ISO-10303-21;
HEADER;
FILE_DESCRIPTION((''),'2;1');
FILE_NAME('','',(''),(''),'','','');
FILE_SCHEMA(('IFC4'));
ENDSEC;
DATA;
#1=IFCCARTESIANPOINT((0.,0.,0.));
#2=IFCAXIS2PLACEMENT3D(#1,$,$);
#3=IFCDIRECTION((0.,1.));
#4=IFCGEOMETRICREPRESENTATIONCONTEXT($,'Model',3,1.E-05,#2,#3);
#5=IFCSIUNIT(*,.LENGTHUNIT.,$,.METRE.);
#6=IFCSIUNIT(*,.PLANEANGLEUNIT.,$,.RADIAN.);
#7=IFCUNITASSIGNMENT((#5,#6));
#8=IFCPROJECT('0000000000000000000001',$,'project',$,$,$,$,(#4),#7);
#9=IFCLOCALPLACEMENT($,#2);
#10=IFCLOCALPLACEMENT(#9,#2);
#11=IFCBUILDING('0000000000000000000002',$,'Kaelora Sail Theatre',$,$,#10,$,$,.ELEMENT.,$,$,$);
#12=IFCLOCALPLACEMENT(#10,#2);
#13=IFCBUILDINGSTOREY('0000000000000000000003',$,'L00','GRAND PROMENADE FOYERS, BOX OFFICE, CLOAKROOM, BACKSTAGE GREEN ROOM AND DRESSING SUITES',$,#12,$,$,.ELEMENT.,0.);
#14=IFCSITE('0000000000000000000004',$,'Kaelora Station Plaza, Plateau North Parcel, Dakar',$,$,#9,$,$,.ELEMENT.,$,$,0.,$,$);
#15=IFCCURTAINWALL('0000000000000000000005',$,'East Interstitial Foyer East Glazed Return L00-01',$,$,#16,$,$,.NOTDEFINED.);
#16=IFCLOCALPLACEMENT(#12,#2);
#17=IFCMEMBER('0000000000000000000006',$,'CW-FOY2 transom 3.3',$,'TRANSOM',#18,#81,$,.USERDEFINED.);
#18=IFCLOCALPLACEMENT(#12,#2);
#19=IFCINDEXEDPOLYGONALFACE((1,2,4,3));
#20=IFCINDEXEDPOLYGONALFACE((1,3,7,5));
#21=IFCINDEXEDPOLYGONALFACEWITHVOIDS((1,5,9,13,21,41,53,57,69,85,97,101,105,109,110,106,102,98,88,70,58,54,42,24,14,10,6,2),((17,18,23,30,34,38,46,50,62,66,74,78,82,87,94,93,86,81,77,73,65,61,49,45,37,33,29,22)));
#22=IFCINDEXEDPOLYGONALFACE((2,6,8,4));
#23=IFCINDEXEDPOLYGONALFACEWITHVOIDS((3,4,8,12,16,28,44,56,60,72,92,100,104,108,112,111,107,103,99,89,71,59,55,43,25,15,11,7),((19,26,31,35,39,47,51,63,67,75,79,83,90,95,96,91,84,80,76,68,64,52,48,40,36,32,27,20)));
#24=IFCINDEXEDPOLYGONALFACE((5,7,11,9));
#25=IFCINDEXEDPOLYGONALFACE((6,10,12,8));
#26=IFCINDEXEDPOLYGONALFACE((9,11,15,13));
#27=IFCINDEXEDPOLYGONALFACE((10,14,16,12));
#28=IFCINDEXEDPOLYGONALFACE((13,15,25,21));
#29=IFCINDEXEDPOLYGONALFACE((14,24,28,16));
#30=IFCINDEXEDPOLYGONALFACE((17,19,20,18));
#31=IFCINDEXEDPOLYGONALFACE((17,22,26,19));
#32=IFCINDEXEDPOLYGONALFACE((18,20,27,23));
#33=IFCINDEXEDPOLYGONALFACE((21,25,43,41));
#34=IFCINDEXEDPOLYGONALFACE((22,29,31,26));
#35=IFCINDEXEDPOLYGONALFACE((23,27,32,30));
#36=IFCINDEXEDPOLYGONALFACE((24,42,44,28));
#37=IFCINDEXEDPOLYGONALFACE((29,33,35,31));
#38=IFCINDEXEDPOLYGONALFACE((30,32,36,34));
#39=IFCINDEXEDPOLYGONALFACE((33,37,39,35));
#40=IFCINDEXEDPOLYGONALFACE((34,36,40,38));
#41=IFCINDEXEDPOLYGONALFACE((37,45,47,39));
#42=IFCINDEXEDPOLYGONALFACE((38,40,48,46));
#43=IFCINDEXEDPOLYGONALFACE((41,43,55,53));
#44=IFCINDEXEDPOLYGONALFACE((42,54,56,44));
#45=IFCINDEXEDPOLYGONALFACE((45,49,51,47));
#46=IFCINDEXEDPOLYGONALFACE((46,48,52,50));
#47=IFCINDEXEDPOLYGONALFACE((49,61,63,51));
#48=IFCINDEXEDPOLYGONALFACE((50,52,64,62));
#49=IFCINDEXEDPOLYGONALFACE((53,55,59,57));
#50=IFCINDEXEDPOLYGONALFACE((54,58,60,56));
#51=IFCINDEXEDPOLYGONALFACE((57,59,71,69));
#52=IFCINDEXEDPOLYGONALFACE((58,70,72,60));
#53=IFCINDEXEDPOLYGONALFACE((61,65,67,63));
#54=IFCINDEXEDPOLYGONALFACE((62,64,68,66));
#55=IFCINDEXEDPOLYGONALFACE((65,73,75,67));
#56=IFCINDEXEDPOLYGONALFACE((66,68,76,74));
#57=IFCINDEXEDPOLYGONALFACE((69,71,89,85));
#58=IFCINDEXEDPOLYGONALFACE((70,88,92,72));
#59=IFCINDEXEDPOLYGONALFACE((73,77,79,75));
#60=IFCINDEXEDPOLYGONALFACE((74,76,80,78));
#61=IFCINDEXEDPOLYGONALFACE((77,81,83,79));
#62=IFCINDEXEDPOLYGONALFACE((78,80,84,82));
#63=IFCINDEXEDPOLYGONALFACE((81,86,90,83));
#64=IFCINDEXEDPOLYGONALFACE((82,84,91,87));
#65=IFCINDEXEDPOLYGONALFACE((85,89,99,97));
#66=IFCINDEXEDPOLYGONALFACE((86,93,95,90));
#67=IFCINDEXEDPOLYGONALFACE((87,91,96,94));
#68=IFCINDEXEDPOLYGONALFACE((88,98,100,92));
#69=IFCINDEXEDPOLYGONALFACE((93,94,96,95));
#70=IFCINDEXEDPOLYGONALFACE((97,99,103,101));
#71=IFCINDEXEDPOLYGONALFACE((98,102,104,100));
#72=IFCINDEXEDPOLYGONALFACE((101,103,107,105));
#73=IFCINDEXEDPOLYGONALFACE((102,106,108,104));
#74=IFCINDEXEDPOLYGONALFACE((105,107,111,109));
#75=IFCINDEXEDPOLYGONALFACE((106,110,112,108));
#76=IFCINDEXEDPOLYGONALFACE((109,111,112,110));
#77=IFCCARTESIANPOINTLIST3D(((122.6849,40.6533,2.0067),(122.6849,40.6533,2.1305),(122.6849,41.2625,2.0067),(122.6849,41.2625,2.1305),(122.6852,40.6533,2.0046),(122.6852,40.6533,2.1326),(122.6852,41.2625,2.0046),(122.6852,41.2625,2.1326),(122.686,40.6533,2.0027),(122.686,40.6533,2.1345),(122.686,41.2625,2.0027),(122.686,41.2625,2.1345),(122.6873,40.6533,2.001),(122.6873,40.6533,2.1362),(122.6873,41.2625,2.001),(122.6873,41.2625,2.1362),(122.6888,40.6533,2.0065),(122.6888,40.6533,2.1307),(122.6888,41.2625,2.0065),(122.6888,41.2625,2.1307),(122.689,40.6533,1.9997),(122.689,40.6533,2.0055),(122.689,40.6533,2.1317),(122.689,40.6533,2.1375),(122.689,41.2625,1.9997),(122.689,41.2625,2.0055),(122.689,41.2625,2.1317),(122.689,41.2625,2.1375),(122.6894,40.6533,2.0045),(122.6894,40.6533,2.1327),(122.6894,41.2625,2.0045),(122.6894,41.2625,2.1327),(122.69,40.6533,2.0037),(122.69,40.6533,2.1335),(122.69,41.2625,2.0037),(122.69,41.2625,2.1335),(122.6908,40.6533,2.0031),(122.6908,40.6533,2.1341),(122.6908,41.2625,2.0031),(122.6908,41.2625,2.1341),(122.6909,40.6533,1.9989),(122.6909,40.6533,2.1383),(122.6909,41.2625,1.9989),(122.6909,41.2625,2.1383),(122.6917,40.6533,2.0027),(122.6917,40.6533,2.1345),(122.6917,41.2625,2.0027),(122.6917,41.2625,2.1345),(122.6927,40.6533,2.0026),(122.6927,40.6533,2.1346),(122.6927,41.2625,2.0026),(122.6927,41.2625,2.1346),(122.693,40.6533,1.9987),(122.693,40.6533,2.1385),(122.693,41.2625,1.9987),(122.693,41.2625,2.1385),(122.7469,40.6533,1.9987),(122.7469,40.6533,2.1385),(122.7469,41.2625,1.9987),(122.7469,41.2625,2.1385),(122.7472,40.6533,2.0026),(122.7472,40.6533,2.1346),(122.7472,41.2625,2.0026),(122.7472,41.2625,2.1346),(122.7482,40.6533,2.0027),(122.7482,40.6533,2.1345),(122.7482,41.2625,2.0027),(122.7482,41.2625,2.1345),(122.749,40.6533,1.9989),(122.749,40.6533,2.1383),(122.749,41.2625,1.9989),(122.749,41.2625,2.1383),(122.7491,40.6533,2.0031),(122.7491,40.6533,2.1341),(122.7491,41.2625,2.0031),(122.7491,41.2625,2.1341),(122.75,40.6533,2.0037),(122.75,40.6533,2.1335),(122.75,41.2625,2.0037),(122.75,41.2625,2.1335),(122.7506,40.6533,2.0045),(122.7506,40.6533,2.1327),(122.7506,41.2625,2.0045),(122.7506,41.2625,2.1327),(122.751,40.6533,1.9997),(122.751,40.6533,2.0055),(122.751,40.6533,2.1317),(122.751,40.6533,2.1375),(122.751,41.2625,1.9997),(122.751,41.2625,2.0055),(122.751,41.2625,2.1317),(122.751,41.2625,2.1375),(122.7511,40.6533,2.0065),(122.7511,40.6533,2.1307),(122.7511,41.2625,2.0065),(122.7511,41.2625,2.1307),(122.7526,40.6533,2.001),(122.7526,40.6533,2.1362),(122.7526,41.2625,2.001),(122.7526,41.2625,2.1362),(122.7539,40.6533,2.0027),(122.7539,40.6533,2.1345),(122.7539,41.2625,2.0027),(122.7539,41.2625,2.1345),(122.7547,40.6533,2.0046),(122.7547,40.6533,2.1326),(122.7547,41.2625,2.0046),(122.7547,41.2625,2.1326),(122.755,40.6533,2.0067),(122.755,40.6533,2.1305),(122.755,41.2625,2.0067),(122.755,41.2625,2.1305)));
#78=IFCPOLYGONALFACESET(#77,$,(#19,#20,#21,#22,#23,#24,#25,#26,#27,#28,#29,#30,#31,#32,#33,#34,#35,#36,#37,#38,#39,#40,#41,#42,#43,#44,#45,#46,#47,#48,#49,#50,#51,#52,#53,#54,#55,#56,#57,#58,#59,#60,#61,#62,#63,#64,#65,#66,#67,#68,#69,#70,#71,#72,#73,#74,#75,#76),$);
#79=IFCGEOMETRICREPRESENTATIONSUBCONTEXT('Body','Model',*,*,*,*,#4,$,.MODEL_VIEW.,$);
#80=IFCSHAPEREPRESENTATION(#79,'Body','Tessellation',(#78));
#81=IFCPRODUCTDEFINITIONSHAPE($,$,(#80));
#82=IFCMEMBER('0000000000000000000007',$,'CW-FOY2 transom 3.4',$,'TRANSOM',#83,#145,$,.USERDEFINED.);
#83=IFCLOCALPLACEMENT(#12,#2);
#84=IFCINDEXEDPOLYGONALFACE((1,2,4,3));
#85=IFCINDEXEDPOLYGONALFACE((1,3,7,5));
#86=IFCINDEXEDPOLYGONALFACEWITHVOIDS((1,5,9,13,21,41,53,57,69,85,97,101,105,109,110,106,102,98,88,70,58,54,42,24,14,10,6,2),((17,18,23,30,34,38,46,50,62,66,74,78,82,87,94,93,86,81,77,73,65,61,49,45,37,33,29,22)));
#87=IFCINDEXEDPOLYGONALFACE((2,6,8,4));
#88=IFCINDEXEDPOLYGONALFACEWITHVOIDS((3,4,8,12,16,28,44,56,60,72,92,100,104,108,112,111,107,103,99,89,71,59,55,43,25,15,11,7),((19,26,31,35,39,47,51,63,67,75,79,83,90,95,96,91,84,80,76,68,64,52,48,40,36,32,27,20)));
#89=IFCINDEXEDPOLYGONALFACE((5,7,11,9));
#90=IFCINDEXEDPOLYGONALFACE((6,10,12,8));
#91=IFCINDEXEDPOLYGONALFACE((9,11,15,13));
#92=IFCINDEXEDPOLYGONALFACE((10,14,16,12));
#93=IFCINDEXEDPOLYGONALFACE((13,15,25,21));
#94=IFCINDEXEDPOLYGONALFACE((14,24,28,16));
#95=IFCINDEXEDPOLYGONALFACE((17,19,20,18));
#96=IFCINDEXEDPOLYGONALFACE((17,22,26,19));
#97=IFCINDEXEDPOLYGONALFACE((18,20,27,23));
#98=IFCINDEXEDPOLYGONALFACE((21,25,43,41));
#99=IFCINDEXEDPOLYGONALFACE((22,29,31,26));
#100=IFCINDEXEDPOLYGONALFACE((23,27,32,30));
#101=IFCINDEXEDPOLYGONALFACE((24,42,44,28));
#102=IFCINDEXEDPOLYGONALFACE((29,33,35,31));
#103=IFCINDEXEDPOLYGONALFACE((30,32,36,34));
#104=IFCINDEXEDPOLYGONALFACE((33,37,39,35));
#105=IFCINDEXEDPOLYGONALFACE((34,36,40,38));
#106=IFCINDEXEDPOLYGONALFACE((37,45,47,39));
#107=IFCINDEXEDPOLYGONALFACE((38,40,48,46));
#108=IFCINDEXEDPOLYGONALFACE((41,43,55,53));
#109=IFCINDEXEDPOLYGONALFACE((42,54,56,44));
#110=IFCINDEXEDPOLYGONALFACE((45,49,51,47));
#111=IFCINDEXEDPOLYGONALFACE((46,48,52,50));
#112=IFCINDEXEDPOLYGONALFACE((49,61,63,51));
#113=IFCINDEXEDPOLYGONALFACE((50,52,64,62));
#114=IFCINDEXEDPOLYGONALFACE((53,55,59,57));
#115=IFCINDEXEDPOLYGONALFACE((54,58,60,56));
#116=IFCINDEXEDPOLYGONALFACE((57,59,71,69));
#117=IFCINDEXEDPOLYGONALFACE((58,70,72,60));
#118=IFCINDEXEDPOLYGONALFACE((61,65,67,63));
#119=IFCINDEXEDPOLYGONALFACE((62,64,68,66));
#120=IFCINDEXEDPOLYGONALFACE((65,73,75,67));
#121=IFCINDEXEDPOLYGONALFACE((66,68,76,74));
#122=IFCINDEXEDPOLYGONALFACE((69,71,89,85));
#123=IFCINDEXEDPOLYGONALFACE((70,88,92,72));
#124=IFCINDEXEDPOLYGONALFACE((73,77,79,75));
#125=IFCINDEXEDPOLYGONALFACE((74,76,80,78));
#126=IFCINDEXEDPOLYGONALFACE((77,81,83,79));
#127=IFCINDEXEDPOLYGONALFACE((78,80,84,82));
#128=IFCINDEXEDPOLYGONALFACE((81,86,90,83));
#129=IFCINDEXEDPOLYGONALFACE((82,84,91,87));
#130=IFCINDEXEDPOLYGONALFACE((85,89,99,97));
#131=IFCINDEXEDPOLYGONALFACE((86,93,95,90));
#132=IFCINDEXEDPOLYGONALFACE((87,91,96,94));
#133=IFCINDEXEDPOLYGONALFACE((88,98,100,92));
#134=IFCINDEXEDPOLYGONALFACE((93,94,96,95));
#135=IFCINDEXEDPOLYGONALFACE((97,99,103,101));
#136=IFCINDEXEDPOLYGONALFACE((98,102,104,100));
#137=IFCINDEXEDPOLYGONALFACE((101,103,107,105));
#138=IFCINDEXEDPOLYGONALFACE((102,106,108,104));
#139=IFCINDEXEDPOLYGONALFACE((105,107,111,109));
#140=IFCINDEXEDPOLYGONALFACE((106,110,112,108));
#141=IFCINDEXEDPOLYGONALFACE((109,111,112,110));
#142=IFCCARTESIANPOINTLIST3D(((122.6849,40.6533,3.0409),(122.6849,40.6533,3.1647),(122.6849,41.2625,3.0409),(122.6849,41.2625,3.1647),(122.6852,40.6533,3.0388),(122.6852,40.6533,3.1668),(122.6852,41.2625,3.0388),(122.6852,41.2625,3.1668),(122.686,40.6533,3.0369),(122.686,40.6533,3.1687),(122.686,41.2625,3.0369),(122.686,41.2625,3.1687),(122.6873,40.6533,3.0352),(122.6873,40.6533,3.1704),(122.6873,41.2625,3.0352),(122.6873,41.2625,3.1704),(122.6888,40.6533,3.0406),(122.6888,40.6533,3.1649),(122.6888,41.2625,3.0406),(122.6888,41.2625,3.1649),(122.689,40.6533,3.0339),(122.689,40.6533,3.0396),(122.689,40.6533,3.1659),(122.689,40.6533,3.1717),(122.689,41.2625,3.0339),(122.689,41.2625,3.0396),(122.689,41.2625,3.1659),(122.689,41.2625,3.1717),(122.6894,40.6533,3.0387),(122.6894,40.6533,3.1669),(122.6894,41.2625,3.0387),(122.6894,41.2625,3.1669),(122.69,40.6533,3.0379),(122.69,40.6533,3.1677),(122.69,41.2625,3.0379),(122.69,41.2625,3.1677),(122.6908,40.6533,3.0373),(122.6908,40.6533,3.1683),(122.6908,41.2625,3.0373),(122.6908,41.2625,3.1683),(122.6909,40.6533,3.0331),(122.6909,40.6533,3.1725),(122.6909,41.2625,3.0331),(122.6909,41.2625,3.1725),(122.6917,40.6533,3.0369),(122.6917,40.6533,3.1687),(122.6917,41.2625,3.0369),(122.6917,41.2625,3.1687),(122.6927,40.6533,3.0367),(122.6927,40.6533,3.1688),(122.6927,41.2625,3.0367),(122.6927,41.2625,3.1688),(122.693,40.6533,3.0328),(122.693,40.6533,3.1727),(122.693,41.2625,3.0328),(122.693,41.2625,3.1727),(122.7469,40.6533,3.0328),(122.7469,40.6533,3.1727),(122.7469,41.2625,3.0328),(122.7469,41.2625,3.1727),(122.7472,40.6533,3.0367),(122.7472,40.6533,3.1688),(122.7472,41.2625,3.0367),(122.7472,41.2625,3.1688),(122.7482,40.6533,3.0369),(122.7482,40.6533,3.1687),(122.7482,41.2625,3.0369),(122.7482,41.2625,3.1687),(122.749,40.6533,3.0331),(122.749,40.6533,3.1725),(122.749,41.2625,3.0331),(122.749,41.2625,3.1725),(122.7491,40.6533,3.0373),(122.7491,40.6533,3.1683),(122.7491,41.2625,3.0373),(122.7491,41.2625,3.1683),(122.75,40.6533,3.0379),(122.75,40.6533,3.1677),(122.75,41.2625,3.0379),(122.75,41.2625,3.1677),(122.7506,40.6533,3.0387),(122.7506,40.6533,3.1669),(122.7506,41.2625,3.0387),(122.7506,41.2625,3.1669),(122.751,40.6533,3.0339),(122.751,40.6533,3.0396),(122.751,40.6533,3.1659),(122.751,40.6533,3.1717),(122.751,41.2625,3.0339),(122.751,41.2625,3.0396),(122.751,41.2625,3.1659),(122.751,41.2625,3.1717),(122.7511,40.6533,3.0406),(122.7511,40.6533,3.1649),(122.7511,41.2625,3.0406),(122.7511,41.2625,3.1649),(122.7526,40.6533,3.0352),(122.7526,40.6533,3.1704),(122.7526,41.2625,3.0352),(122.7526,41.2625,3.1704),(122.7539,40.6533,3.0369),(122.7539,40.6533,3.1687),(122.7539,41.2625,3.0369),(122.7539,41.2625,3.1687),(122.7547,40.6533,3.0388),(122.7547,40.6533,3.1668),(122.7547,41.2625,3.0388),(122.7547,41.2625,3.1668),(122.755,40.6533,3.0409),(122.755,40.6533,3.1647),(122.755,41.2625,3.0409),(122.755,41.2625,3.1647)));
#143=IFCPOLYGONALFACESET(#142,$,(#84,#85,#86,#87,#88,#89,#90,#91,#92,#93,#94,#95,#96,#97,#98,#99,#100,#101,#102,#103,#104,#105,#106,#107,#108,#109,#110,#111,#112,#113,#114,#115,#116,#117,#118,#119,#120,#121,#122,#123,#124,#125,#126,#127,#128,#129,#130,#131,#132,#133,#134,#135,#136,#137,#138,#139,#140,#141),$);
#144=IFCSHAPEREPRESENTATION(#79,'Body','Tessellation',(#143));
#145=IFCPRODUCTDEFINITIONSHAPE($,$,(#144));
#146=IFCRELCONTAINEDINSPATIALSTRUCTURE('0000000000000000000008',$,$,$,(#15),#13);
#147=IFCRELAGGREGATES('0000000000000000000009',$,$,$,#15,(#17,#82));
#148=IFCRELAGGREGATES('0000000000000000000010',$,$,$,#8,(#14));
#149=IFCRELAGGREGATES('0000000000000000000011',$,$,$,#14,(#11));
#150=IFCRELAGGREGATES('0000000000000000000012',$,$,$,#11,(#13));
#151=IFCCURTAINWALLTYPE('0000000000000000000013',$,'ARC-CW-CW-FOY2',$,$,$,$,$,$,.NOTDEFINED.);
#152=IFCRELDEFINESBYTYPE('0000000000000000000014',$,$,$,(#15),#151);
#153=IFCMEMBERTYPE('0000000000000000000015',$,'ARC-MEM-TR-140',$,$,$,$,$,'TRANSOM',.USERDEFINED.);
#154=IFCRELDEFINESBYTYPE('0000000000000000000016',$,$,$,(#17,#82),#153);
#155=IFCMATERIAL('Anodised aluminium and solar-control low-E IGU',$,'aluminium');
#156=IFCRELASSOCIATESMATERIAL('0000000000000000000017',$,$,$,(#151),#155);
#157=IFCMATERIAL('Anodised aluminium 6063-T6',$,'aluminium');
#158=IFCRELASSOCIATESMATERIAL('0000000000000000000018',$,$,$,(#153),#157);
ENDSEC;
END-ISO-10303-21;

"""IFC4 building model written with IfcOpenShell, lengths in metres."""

from ifc_helpers import new_model, si_unit, direction, frame, origin, origin_2d, place, context, subcontext, project, spatial, hollow_rectangle, extrude, material, material_profile, profile_set, type_object, element, aggregate, save


model = new_model("IFC4")

# Units and contexts
model_context = context("Model", 3, precision=1e-05, world=origin(), true_north=direction((0.0, 1.0)))
body_context = subcontext(model_context, "Body", "Model", "MODEL_VIEW")
ifc_project = project(units=[si_unit("LENGTHUNIT", "METRE"), si_unit("PLANEANGLEUNIT", "RADIAN")], contexts=[model_context])

# Site, building, storey
site_placement = place(None, origin())
site = spatial("IfcSite", under=ifc_project, at=site_placement, Name="Kaelora Station Plaza, Plateau North Parcel, Dakar", CompositionType="ELEMENT", RefElevation=0.0)
building_placement = place(site_placement, origin())
building = spatial("IfcBuilding", under=site, at=building_placement, Name="Kaelora Sail Theatre", CompositionType="ELEMENT")
storey_placement = place(building_placement, origin())
storey = spatial("IfcBuildingStorey", under=building, at=storey_placement, Name="L00", Description="GRAND PROMENADE FOYERS, BOX OFFICE, CLOAKROOM, BACKSTAGE GREEN ROOM AND DRESSING SUITES", CompositionType="ELEMENT", Elevation=0.0)

# Curtain wall, members
ifc_material_1 = material(Name="Anodised aluminium and solar-control low-E IGU", Category="aluminium")
curtain_wall_type = type_object("IfcCurtainWallType", Name="ARC-CW-CW-FOY2", PredefinedType="NOTDEFINED", material=ifc_material_1)
curtain_wall_placement = place(storey_placement, origin())
curtain_wall = element("IfcCurtainWall", 1, at=curtain_wall_placement, inside=storey, type_object=curtain_wall_type, Name="East Interstitial Foyer East Glazed Return L00-01", PredefinedType="NOTDEFINED")
ifc_material_2 = material(Name="Anodised aluminium 6063-T6", Category="aluminium")
ifc_material_profile_1 = material_profile(ifc_material_2, hollow_rectangle(XDim=0.0701, YDim=0.1399, WallThickness=0.0039, InnerFilletRadius=0.0039, OuterFilletRadius=0.0081, at=origin_2d()), Name="ALU-TRAN 70x140x4")
ifc_profile_set_1 = profile_set([ifc_material_profile_1], Name="Anodised aluminium 6063-T6")
member_type_1 = type_object("IfcMemberType", Name="ARC-MEM-TR-140", ElementType="TRANSOM", PredefinedType="USERDEFINED", material=ifc_profile_set_1)
member_1_placement = place(storey_placement, frame((122.72, 40.6533, 2.0686), z_axis=(0.0, 1.0, 0.0), x_axis=(-1.0, 0.0, 0.0)))
member_1 = element("IfcMember", 2, at=member_1_placement, type_object=member_type_1, Name="CW-FOY2 transom 3.3", ObjectType="TRANSOM", PredefinedType="USERDEFINED", context=body_context, shape_type="SweptSolid", body=[
    extrude(hollow_rectangle(XDim=0.0701, YDim=0.1399, WallThickness=0.0039, InnerFilletRadius=0.0039, OuterFilletRadius=0.0081, at=origin_2d()), origin(), (0.0, 0.0, 1.0), 0.6091),
])
member_2_placement = place(storey_placement, frame((122.72, 40.6533, 3.1028), z_axis=(0.0, 1.0, 0.0), x_axis=(-1.0, 0.0, 0.0)))
member_2 = element("IfcMember", 3, at=member_2_placement, type_object=member_type_1, Name="CW-FOY2 transom 3.4", ObjectType="TRANSOM", PredefinedType="USERDEFINED", context=body_context, shape_type="SweptSolid", body=[
    extrude(hollow_rectangle(XDim=0.0701, YDim=0.1399, WallThickness=0.0039, InnerFilletRadius=0.0039, OuterFilletRadius=0.0081, at=origin_2d()), origin(), (0.0, 0.0, 1.0), 0.6091),
])
aggregate(curtain_wall, [member_1, member_2])

save(model, "model.ifc")
